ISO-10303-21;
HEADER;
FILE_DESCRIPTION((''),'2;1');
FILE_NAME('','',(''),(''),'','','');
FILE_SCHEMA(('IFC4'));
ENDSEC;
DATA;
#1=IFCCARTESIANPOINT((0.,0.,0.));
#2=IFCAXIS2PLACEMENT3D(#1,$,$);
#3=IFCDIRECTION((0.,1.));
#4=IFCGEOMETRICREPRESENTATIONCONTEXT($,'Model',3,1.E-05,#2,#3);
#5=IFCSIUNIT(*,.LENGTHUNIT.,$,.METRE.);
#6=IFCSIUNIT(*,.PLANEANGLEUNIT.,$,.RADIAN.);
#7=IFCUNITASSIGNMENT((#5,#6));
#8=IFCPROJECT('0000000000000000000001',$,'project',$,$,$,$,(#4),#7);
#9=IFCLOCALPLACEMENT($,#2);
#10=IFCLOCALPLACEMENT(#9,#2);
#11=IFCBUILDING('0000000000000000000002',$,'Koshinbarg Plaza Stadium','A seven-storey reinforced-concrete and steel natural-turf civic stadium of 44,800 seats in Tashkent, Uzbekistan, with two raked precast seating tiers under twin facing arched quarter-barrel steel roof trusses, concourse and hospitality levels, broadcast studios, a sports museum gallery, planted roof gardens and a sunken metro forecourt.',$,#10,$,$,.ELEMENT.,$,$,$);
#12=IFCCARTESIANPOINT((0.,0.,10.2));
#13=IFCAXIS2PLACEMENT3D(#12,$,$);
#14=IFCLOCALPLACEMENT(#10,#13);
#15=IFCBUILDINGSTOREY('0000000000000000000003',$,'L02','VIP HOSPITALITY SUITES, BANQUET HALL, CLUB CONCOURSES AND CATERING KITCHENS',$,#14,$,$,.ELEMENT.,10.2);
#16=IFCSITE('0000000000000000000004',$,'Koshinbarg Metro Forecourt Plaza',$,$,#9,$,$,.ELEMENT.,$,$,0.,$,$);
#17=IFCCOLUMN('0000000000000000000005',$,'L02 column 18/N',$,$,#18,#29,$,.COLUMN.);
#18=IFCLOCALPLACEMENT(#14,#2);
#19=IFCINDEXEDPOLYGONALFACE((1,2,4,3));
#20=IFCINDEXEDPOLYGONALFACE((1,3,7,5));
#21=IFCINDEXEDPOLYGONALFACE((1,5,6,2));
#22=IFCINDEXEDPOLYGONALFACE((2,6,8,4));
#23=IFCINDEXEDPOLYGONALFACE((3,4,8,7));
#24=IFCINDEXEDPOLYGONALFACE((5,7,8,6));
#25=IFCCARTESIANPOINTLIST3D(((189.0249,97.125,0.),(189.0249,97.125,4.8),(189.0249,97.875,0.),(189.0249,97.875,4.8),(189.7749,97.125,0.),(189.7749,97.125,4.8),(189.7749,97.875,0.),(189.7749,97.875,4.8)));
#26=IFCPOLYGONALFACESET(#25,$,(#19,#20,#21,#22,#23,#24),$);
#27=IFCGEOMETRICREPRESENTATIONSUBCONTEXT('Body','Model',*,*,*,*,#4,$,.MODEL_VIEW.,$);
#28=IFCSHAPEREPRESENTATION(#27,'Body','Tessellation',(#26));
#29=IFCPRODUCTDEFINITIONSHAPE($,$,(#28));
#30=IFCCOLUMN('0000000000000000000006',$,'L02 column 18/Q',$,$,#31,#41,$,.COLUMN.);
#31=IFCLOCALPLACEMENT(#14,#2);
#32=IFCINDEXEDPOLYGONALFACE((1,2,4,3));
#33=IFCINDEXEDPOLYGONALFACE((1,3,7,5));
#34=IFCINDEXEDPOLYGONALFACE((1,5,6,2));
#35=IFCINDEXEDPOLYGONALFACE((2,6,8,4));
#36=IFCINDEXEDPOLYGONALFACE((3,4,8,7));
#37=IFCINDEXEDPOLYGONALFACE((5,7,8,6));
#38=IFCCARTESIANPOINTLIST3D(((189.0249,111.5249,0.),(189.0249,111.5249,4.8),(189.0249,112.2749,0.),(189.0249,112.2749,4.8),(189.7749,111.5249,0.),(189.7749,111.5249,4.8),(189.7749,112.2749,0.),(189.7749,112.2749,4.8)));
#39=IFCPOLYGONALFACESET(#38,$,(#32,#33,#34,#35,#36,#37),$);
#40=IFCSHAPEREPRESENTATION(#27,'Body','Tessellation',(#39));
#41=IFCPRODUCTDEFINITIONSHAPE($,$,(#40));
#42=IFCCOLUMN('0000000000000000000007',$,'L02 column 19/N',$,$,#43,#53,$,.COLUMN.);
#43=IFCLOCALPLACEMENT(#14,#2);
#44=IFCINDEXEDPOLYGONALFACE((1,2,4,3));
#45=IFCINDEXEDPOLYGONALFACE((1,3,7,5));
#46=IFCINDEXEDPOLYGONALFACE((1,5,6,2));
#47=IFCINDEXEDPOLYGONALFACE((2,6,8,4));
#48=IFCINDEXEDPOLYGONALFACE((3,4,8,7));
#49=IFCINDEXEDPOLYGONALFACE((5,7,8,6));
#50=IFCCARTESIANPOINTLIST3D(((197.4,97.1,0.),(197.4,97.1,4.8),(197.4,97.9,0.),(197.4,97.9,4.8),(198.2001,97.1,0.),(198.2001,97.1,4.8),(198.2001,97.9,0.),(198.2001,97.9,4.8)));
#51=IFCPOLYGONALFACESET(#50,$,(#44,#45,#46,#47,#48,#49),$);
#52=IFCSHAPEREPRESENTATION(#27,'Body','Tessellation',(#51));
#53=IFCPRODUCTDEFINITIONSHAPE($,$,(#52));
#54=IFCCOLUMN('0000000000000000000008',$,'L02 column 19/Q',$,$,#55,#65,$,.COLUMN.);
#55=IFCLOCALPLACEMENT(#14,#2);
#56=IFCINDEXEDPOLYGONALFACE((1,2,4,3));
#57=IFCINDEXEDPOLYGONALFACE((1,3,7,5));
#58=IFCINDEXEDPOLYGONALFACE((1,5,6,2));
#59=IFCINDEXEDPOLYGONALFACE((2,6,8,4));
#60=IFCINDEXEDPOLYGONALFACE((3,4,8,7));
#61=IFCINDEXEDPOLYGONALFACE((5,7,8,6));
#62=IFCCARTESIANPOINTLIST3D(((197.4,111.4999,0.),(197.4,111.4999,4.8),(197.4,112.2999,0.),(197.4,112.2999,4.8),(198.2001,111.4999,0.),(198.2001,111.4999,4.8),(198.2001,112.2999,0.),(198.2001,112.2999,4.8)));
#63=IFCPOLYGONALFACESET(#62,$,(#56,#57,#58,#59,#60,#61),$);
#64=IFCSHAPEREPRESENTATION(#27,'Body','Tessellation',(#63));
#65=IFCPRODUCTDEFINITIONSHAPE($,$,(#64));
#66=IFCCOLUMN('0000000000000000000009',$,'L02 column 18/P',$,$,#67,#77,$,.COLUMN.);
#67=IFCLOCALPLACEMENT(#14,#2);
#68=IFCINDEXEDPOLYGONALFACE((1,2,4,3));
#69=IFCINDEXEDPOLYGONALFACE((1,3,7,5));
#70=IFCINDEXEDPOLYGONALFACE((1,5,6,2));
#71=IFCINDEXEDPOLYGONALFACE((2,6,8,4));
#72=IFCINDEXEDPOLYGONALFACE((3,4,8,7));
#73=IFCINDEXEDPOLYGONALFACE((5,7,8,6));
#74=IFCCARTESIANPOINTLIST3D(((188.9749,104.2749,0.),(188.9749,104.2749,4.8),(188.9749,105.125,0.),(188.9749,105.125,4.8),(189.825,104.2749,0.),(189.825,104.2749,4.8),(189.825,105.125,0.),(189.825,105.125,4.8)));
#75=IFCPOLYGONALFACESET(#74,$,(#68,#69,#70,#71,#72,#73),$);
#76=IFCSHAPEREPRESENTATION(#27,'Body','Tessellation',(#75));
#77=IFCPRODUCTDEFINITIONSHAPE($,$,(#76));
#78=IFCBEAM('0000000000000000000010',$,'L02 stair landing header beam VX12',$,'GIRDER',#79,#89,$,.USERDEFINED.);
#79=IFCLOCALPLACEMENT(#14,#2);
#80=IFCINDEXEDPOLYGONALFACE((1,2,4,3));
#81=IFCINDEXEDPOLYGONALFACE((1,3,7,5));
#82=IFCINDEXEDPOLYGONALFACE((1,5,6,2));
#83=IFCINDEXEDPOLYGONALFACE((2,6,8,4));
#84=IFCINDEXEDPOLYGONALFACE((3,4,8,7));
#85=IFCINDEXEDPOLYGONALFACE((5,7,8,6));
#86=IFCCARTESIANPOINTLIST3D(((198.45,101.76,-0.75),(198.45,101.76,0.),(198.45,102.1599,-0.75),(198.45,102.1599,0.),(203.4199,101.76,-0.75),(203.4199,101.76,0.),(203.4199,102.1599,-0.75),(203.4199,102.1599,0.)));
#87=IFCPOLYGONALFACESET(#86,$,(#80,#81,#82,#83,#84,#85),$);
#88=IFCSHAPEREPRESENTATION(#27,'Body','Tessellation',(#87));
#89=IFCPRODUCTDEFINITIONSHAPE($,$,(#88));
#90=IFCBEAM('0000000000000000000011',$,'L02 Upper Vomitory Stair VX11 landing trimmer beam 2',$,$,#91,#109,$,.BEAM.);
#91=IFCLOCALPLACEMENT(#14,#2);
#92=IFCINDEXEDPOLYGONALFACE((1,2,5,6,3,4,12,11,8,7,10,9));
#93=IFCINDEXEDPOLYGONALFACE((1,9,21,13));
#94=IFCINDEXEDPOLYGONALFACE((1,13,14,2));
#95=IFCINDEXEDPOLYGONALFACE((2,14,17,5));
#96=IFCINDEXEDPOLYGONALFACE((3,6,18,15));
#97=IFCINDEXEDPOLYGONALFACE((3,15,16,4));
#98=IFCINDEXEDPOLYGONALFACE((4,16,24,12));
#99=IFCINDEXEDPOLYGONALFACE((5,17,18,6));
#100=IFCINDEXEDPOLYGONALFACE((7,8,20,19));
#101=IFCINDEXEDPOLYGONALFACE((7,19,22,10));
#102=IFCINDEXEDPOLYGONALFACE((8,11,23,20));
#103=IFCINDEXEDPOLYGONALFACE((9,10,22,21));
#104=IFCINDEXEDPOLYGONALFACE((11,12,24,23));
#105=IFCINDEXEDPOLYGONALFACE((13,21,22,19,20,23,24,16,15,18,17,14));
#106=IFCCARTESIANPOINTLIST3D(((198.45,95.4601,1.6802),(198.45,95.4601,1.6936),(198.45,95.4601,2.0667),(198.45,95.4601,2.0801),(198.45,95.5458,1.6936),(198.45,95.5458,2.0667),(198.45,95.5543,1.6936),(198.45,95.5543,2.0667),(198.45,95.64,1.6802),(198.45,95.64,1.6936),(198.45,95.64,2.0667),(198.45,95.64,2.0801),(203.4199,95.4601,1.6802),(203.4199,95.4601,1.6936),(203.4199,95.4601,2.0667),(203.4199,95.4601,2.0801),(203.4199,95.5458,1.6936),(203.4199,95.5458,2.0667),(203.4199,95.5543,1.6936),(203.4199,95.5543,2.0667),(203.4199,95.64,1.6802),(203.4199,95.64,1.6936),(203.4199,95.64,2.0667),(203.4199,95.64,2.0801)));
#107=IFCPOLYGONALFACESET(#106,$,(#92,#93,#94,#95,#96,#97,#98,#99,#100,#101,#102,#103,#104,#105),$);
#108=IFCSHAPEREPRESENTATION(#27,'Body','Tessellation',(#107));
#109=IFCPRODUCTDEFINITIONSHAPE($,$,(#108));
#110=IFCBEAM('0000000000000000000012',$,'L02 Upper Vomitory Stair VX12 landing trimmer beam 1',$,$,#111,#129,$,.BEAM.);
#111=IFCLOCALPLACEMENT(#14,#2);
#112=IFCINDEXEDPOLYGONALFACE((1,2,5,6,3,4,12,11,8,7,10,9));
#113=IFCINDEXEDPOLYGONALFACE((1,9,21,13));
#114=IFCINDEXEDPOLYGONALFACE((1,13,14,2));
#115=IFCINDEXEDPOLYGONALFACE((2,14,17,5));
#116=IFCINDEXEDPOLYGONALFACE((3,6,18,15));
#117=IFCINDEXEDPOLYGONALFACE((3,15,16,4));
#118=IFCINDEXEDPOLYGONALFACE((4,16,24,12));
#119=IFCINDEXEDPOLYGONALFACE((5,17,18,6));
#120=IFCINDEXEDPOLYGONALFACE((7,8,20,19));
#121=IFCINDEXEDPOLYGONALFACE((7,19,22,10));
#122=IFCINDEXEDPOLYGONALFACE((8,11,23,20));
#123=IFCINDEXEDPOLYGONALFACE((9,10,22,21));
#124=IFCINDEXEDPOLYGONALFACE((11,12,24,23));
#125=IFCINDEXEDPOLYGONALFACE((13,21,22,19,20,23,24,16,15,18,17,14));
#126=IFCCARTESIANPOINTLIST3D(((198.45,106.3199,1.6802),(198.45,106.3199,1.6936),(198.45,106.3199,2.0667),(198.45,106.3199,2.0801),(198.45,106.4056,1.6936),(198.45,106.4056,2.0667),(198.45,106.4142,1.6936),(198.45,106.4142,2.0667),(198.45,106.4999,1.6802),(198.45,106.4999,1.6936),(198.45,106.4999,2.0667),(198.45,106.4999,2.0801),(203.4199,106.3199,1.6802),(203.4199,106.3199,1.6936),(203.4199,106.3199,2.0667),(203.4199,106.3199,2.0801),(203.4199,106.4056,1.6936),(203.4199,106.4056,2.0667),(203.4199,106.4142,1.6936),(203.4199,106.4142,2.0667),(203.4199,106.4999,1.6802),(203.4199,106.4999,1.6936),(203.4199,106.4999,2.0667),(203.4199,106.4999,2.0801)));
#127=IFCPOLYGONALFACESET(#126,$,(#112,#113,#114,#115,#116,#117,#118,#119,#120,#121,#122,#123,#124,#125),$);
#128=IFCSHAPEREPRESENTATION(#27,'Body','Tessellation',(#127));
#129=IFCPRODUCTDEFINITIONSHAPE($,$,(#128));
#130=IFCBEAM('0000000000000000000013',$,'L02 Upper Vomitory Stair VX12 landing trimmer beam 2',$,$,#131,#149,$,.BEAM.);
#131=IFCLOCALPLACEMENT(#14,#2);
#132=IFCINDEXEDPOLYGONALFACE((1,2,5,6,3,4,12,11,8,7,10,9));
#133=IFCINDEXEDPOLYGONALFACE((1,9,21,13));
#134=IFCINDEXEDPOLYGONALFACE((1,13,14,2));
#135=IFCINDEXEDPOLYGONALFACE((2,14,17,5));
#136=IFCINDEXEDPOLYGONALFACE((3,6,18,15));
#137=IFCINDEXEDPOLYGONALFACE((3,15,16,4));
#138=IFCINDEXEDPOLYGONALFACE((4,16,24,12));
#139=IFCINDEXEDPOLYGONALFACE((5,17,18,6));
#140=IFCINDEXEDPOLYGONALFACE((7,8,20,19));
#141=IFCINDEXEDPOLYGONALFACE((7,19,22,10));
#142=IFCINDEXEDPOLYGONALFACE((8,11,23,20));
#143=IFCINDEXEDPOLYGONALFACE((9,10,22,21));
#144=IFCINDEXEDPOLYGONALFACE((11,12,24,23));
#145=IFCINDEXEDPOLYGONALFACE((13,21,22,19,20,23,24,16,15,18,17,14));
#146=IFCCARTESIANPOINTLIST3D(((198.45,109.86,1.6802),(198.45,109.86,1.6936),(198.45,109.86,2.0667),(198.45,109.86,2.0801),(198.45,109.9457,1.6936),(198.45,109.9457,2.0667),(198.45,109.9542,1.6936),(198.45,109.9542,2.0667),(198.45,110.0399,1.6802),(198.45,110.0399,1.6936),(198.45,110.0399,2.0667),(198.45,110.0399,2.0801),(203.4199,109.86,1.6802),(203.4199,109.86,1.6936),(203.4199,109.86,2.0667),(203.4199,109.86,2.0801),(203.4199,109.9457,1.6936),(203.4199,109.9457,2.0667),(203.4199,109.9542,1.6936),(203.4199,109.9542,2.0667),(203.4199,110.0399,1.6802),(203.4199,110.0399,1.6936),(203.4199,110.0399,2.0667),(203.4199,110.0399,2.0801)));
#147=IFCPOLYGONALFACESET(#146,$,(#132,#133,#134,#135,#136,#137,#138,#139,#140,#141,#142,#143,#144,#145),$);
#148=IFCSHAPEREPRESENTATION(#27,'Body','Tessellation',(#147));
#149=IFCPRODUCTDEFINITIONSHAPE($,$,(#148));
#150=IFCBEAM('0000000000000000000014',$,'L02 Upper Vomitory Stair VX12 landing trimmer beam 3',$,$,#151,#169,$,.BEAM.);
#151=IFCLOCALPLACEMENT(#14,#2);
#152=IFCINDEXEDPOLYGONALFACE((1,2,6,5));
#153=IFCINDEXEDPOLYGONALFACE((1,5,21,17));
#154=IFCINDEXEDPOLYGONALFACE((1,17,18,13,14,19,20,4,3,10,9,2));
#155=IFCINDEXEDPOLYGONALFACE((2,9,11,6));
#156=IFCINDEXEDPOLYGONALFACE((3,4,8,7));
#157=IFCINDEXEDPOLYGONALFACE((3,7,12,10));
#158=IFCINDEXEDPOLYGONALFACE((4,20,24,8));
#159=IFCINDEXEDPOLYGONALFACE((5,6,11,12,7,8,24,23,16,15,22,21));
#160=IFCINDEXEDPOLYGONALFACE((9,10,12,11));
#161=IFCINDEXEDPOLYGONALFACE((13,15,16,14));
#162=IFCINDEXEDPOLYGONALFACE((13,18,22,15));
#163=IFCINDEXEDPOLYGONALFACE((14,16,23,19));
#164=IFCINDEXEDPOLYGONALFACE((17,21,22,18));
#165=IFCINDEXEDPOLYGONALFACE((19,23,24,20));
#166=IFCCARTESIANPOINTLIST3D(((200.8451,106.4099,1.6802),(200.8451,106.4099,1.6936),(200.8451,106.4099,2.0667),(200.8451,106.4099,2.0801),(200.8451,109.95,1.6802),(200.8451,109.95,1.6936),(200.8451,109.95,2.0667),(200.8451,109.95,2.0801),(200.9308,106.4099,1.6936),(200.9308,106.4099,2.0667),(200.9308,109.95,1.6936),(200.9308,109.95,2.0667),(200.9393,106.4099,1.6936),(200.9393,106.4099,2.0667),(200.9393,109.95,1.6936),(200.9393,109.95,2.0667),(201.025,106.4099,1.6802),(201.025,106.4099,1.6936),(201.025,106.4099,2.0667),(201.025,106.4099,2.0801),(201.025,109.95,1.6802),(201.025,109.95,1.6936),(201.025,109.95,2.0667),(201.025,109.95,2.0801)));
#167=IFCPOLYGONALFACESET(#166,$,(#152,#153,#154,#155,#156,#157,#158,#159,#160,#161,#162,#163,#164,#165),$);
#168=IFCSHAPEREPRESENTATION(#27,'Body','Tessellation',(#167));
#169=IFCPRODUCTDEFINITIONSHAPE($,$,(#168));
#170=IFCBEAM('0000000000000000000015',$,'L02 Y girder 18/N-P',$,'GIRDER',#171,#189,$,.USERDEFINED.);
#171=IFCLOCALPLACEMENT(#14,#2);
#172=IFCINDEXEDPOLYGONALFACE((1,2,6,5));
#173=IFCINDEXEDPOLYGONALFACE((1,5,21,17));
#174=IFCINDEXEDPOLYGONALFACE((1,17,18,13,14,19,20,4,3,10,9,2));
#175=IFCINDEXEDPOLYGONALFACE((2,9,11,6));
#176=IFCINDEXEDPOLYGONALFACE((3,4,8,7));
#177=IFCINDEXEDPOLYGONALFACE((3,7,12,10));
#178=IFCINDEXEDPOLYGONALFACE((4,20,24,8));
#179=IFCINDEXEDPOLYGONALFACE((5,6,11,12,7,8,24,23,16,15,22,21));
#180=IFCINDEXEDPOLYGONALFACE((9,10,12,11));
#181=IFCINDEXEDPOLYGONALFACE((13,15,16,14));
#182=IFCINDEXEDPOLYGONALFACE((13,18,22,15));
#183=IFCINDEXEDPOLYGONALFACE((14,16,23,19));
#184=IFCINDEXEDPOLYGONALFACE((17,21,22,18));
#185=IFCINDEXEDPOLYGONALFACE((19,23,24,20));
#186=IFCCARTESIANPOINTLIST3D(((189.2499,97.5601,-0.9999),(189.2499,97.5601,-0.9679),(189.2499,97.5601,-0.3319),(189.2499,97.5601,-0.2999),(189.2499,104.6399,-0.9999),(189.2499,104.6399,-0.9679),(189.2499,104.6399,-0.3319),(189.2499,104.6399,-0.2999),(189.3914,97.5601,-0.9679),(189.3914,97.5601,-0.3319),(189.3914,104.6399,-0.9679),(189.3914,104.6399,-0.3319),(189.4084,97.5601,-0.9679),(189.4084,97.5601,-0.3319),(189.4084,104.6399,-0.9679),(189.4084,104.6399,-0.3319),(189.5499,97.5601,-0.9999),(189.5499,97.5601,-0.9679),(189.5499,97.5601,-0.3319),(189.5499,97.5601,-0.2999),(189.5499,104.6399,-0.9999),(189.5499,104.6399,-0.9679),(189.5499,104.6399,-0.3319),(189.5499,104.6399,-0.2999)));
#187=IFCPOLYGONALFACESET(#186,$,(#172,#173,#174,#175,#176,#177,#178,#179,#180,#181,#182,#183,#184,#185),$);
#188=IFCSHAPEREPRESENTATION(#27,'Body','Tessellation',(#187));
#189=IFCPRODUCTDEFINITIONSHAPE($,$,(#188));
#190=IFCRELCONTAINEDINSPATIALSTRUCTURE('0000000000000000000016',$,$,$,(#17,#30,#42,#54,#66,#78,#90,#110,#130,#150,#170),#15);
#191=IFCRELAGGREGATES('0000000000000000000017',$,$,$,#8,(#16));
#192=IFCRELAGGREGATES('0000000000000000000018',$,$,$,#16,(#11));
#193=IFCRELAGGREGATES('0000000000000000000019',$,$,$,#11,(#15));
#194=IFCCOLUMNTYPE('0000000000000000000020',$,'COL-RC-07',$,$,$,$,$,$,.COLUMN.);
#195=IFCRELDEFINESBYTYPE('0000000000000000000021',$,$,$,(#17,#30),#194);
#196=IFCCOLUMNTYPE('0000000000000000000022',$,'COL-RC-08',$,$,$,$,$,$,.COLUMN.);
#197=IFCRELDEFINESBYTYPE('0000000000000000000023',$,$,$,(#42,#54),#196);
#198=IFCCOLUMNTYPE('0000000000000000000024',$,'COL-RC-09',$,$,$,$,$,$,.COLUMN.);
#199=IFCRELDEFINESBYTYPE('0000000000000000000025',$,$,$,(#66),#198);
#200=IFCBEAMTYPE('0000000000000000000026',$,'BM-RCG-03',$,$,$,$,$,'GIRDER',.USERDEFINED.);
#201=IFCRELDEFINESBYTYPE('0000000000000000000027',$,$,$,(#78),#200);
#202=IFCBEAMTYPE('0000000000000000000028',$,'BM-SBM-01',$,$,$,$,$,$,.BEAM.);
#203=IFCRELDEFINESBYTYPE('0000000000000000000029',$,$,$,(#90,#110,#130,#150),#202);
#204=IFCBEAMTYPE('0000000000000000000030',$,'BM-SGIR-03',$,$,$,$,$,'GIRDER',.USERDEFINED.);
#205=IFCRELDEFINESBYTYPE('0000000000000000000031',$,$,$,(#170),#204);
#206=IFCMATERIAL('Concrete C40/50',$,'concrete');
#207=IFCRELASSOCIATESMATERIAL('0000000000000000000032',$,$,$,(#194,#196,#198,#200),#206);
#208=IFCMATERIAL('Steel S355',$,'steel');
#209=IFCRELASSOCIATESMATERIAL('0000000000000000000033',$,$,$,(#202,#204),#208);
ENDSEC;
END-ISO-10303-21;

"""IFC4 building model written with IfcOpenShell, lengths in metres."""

from ifc_helpers import new_model, si_unit, direction, frame, origin, origin_2d, place, context, subcontext, project, spatial, rectangle, i_section, extrude, material, material_profile, profile_set, type_object, element, save


model = new_model("IFC4")

# Units and contexts
model_context = context("Model", 3, precision=1e-05, world=origin(), true_north=direction((0.0, 1.0)))
body_context = subcontext(model_context, "Body", "Model", "MODEL_VIEW")
ifc_project = project(units=[si_unit("LENGTHUNIT", "METRE"), si_unit("PLANEANGLEUNIT", "RADIAN")], contexts=[model_context])

# Site, building, storey
site_placement = place(None, origin())
site = spatial("IfcSite", under=ifc_project, at=site_placement, Name="Koshinbarg Metro Forecourt Plaza", CompositionType="ELEMENT", RefElevation=0.0)
building_placement = place(site_placement, origin())
building = spatial("IfcBuilding", under=site, at=building_placement, Name="Koshinbarg Plaza Stadium", Description="A seven-storey reinforced-concrete and steel natural-turf civic stadium of 44,800 seats in Tashkent, Uzbekistan, with two raked precast seating tiers under twin facing arched quarter-barrel steel roof trusses, concourse and hospitality levels, broadcast studios, a sports museum gallery, planted roof gardens and a sunken metro forecourt.", CompositionType="ELEMENT")
storey_placement = place(building_placement, frame((0.0, 0.0, 10.2)))
storey = spatial("IfcBuildingStorey", under=building, at=storey_placement, Name="L02", Description="VIP HOSPITALITY SUITES, BANQUET HALL, CLUB CONCOURSES AND CATERING KITCHENS", CompositionType="ELEMENT", Elevation=10.2)

# Columns
ifc_material_1 = material(Name="Concrete C40/50", Category="concrete")
ifc_material_profile_1 = material_profile(ifc_material_1, rectangle(XDim=0.75, YDim=0.75, at=origin_2d()), Name="RC 750x750")
ifc_profile_set_1 = profile_set([ifc_material_profile_1], Name="Concrete C40/50")
column_type_1 = type_object("IfcColumnType", Name="COL-RC-07", PredefinedType="COLUMN", material=ifc_profile_set_1)
for number, where, z_axis, x_axis, name in (
    (1, (189.3999, 97.5, 0.0), (0.0, 0.0, 1.0), (1.0, 0.0, 0.0), "L02 column 18/N"),
    (2, (189.3999, 111.8999, 0.0), (0.0, 0.0, 1.0), (1.0, 0.0, 0.0), "L02 column 18/Q"),
):
    element("IfcColumn", number, at=place(storey_placement, frame(where, z_axis=z_axis, x_axis=x_axis)), inside=storey, type_object=column_type_1, Name=name, PredefinedType="COLUMN", context=body_context, shape_type="SweptSolid", body=[
        extrude(rectangle(XDim=0.75, YDim=0.75, at=origin_2d()), origin(), (0.0, 0.0, 1.0), 4.8),
    ])
ifc_material_profile_2 = material_profile(ifc_material_1, rectangle(XDim=0.8, YDim=0.8, at=origin_2d()), Name="RC 800x800")
ifc_profile_set_2 = profile_set([ifc_material_profile_2], Name="Concrete C40/50")
column_type_2 = type_object("IfcColumnType", Name="COL-RC-08", PredefinedType="COLUMN", material=ifc_profile_set_2)
for number, where, z_axis, x_axis, name in (
    (3, (197.8, 97.5, 0.0), (0.0, 0.0, 1.0), (1.0, 0.0, 0.0), "L02 column 19/N"),
    (4, (197.8, 111.8999, 0.0), (0.0, 0.0, 1.0), (1.0, 0.0, 0.0), "L02 column 19/Q"),
):
    element("IfcColumn", number, at=place(storey_placement, frame(where, z_axis=z_axis, x_axis=x_axis)), inside=storey, type_object=column_type_2, Name=name, PredefinedType="COLUMN", context=body_context, shape_type="SweptSolid", body=[
        extrude(rectangle(XDim=0.8, YDim=0.8, at=origin_2d()), origin(), (0.0, 0.0, 1.0), 4.8),
    ])
ifc_material_profile_3 = material_profile(ifc_material_1, rectangle(XDim=0.8501, YDim=0.8501, at=origin_2d()), Name="RC 850x850")
ifc_profile_set_3 = profile_set([ifc_material_profile_3], Name="Concrete C40/50")
column_type_3 = type_object("IfcColumnType", Name="COL-RC-09", PredefinedType="COLUMN", material=ifc_profile_set_3)
column_placement = place(storey_placement, frame((189.3999, 104.7, 0.0), z_axis=(0.0, 0.0, 1.0), x_axis=(1.0, 0.0, 0.0)))
element("IfcColumn", 5, at=column_placement, inside=storey, type_object=column_type_3, Name="L02 column 18/P", PredefinedType="COLUMN", context=body_context, shape_type="SweptSolid", body=[
    extrude(rectangle(XDim=0.8501, YDim=0.8501, at=origin_2d()), origin(), (0.0, 0.0, 1.0), 4.8),
])

# Beams
ifc_material_profile_4 = material_profile(ifc_material_1, rectangle(XDim=0.3999, YDim=0.75, at=origin_2d()), Name="RC 400x750")
ifc_profile_set_4 = profile_set([ifc_material_profile_4], Name="Concrete C40/50")
beam_type_1 = type_object("IfcBeamType", Name="BM-RCG-03", ElementType="GIRDER", PredefinedType="USERDEFINED", material=ifc_profile_set_4)
beam_1_placement = place(storey_placement, frame((198.45, 101.96, -0.375), z_axis=(1.0, 0.0, 0.0), x_axis=(0.0, 1.0, 0.0)))
element("IfcBeam", 6, at=beam_1_placement, inside=storey, type_object=beam_type_1, Name="L02 stair landing header beam VX12", ObjectType="GIRDER", PredefinedType="USERDEFINED", context=body_context, shape_type="SweptSolid", body=[
    extrude(rectangle(XDim=0.3999, YDim=0.75, at=origin_2d()), origin(), (0.0, 0.0, 1.0), 4.97),
])
ifc_material_2 = material(Name="Steel S355", Category="steel")
ifc_material_profile_5 = material_profile(ifc_material_2, i_section(OverallWidth=0.1799, OverallDepth=0.3999, WebThickness=0.0085, FlangeThickness=0.0134, at=origin_2d()), Name="IPE 400")
ifc_profile_set_5 = profile_set([ifc_material_profile_5], Name="Steel S355")
beam_type_2 = type_object("IfcBeamType", Name="BM-SBM-01", PredefinedType="BEAM", material=ifc_profile_set_5)
for number, where, z_axis, x_axis, name in (
    (7, (198.45, 95.55, 1.8801), (1.0, 0.0, 0.0), (0.0, 1.0, 0.0), "L02 Upper Vomitory Stair VX11 landing trimmer beam 2"),
    (8, (198.45, 106.4099, 1.8801), (1.0, 0.0, 0.0), (0.0, 1.0, 0.0), "L02 Upper Vomitory Stair VX12 landing trimmer beam 1"),
    (9, (198.45, 109.95, 1.8801), (1.0, 0.0, 0.0), (0.0, 1.0, 0.0), "L02 Upper Vomitory Stair VX12 landing trimmer beam 2"),
):
    element("IfcBeam", number, at=place(storey_placement, frame(where, z_axis=z_axis, x_axis=x_axis)), inside=storey, type_object=beam_type_2, Name=name, PredefinedType="BEAM", context=body_context, shape_type="SweptSolid", body=[
        extrude(i_section(OverallWidth=0.1799, OverallDepth=0.3999, WebThickness=0.0085, FlangeThickness=0.0134, at=origin_2d()), origin(), (0.0, 0.0, 1.0), 4.97),
    ])
beam_2_placement = place(storey_placement, frame((200.9351, 106.4099, 1.8801), z_axis=(0.0, 1.0, 0.0), x_axis=(-1.0, 0.0, 0.0)))
element("IfcBeam", 10, at=beam_2_placement, inside=storey, type_object=beam_type_2, Name="L02 Upper Vomitory Stair VX12 landing trimmer beam 3", PredefinedType="BEAM", context=body_context, shape_type="SweptSolid", body=[
    extrude(i_section(OverallWidth=0.1799, OverallDepth=0.3999, WebThickness=0.0085, FlangeThickness=0.0134, at=origin_2d()), origin(), (0.0, 0.0, 1.0), 3.54),
])
ifc_material_profile_6 = material_profile(ifc_material_2, i_section(OverallWidth=0.3, OverallDepth=0.7, WebThickness=0.0171, FlangeThickness=0.032, at=origin_2d()), Name="HEB 700")
ifc_profile_set_6 = profile_set([ifc_material_profile_6], Name="Steel S355")
beam_type_3 = type_object("IfcBeamType", Name="BM-SGIR-03", ElementType="GIRDER", PredefinedType="USERDEFINED", material=ifc_profile_set_6)
beam_3_placement = place(storey_placement, frame((189.3999, 97.5601, -0.6499), z_axis=(0.0, 1.0, 0.0), x_axis=(-1.0, 0.0, 0.0)))
element("IfcBeam", 11, at=beam_3_placement, inside=storey, type_object=beam_type_3, Name="L02 Y girder 18/N-P", ObjectType="GIRDER", PredefinedType="USERDEFINED", context=body_context, shape_type="SweptSolid", body=[
    extrude(i_section(OverallWidth=0.3, OverallDepth=0.7, WebThickness=0.0171, FlangeThickness=0.032, at=origin_2d()), origin(), (0.0, 0.0, 1.0), 7.0798),
])

save(model, "model.ifc")
